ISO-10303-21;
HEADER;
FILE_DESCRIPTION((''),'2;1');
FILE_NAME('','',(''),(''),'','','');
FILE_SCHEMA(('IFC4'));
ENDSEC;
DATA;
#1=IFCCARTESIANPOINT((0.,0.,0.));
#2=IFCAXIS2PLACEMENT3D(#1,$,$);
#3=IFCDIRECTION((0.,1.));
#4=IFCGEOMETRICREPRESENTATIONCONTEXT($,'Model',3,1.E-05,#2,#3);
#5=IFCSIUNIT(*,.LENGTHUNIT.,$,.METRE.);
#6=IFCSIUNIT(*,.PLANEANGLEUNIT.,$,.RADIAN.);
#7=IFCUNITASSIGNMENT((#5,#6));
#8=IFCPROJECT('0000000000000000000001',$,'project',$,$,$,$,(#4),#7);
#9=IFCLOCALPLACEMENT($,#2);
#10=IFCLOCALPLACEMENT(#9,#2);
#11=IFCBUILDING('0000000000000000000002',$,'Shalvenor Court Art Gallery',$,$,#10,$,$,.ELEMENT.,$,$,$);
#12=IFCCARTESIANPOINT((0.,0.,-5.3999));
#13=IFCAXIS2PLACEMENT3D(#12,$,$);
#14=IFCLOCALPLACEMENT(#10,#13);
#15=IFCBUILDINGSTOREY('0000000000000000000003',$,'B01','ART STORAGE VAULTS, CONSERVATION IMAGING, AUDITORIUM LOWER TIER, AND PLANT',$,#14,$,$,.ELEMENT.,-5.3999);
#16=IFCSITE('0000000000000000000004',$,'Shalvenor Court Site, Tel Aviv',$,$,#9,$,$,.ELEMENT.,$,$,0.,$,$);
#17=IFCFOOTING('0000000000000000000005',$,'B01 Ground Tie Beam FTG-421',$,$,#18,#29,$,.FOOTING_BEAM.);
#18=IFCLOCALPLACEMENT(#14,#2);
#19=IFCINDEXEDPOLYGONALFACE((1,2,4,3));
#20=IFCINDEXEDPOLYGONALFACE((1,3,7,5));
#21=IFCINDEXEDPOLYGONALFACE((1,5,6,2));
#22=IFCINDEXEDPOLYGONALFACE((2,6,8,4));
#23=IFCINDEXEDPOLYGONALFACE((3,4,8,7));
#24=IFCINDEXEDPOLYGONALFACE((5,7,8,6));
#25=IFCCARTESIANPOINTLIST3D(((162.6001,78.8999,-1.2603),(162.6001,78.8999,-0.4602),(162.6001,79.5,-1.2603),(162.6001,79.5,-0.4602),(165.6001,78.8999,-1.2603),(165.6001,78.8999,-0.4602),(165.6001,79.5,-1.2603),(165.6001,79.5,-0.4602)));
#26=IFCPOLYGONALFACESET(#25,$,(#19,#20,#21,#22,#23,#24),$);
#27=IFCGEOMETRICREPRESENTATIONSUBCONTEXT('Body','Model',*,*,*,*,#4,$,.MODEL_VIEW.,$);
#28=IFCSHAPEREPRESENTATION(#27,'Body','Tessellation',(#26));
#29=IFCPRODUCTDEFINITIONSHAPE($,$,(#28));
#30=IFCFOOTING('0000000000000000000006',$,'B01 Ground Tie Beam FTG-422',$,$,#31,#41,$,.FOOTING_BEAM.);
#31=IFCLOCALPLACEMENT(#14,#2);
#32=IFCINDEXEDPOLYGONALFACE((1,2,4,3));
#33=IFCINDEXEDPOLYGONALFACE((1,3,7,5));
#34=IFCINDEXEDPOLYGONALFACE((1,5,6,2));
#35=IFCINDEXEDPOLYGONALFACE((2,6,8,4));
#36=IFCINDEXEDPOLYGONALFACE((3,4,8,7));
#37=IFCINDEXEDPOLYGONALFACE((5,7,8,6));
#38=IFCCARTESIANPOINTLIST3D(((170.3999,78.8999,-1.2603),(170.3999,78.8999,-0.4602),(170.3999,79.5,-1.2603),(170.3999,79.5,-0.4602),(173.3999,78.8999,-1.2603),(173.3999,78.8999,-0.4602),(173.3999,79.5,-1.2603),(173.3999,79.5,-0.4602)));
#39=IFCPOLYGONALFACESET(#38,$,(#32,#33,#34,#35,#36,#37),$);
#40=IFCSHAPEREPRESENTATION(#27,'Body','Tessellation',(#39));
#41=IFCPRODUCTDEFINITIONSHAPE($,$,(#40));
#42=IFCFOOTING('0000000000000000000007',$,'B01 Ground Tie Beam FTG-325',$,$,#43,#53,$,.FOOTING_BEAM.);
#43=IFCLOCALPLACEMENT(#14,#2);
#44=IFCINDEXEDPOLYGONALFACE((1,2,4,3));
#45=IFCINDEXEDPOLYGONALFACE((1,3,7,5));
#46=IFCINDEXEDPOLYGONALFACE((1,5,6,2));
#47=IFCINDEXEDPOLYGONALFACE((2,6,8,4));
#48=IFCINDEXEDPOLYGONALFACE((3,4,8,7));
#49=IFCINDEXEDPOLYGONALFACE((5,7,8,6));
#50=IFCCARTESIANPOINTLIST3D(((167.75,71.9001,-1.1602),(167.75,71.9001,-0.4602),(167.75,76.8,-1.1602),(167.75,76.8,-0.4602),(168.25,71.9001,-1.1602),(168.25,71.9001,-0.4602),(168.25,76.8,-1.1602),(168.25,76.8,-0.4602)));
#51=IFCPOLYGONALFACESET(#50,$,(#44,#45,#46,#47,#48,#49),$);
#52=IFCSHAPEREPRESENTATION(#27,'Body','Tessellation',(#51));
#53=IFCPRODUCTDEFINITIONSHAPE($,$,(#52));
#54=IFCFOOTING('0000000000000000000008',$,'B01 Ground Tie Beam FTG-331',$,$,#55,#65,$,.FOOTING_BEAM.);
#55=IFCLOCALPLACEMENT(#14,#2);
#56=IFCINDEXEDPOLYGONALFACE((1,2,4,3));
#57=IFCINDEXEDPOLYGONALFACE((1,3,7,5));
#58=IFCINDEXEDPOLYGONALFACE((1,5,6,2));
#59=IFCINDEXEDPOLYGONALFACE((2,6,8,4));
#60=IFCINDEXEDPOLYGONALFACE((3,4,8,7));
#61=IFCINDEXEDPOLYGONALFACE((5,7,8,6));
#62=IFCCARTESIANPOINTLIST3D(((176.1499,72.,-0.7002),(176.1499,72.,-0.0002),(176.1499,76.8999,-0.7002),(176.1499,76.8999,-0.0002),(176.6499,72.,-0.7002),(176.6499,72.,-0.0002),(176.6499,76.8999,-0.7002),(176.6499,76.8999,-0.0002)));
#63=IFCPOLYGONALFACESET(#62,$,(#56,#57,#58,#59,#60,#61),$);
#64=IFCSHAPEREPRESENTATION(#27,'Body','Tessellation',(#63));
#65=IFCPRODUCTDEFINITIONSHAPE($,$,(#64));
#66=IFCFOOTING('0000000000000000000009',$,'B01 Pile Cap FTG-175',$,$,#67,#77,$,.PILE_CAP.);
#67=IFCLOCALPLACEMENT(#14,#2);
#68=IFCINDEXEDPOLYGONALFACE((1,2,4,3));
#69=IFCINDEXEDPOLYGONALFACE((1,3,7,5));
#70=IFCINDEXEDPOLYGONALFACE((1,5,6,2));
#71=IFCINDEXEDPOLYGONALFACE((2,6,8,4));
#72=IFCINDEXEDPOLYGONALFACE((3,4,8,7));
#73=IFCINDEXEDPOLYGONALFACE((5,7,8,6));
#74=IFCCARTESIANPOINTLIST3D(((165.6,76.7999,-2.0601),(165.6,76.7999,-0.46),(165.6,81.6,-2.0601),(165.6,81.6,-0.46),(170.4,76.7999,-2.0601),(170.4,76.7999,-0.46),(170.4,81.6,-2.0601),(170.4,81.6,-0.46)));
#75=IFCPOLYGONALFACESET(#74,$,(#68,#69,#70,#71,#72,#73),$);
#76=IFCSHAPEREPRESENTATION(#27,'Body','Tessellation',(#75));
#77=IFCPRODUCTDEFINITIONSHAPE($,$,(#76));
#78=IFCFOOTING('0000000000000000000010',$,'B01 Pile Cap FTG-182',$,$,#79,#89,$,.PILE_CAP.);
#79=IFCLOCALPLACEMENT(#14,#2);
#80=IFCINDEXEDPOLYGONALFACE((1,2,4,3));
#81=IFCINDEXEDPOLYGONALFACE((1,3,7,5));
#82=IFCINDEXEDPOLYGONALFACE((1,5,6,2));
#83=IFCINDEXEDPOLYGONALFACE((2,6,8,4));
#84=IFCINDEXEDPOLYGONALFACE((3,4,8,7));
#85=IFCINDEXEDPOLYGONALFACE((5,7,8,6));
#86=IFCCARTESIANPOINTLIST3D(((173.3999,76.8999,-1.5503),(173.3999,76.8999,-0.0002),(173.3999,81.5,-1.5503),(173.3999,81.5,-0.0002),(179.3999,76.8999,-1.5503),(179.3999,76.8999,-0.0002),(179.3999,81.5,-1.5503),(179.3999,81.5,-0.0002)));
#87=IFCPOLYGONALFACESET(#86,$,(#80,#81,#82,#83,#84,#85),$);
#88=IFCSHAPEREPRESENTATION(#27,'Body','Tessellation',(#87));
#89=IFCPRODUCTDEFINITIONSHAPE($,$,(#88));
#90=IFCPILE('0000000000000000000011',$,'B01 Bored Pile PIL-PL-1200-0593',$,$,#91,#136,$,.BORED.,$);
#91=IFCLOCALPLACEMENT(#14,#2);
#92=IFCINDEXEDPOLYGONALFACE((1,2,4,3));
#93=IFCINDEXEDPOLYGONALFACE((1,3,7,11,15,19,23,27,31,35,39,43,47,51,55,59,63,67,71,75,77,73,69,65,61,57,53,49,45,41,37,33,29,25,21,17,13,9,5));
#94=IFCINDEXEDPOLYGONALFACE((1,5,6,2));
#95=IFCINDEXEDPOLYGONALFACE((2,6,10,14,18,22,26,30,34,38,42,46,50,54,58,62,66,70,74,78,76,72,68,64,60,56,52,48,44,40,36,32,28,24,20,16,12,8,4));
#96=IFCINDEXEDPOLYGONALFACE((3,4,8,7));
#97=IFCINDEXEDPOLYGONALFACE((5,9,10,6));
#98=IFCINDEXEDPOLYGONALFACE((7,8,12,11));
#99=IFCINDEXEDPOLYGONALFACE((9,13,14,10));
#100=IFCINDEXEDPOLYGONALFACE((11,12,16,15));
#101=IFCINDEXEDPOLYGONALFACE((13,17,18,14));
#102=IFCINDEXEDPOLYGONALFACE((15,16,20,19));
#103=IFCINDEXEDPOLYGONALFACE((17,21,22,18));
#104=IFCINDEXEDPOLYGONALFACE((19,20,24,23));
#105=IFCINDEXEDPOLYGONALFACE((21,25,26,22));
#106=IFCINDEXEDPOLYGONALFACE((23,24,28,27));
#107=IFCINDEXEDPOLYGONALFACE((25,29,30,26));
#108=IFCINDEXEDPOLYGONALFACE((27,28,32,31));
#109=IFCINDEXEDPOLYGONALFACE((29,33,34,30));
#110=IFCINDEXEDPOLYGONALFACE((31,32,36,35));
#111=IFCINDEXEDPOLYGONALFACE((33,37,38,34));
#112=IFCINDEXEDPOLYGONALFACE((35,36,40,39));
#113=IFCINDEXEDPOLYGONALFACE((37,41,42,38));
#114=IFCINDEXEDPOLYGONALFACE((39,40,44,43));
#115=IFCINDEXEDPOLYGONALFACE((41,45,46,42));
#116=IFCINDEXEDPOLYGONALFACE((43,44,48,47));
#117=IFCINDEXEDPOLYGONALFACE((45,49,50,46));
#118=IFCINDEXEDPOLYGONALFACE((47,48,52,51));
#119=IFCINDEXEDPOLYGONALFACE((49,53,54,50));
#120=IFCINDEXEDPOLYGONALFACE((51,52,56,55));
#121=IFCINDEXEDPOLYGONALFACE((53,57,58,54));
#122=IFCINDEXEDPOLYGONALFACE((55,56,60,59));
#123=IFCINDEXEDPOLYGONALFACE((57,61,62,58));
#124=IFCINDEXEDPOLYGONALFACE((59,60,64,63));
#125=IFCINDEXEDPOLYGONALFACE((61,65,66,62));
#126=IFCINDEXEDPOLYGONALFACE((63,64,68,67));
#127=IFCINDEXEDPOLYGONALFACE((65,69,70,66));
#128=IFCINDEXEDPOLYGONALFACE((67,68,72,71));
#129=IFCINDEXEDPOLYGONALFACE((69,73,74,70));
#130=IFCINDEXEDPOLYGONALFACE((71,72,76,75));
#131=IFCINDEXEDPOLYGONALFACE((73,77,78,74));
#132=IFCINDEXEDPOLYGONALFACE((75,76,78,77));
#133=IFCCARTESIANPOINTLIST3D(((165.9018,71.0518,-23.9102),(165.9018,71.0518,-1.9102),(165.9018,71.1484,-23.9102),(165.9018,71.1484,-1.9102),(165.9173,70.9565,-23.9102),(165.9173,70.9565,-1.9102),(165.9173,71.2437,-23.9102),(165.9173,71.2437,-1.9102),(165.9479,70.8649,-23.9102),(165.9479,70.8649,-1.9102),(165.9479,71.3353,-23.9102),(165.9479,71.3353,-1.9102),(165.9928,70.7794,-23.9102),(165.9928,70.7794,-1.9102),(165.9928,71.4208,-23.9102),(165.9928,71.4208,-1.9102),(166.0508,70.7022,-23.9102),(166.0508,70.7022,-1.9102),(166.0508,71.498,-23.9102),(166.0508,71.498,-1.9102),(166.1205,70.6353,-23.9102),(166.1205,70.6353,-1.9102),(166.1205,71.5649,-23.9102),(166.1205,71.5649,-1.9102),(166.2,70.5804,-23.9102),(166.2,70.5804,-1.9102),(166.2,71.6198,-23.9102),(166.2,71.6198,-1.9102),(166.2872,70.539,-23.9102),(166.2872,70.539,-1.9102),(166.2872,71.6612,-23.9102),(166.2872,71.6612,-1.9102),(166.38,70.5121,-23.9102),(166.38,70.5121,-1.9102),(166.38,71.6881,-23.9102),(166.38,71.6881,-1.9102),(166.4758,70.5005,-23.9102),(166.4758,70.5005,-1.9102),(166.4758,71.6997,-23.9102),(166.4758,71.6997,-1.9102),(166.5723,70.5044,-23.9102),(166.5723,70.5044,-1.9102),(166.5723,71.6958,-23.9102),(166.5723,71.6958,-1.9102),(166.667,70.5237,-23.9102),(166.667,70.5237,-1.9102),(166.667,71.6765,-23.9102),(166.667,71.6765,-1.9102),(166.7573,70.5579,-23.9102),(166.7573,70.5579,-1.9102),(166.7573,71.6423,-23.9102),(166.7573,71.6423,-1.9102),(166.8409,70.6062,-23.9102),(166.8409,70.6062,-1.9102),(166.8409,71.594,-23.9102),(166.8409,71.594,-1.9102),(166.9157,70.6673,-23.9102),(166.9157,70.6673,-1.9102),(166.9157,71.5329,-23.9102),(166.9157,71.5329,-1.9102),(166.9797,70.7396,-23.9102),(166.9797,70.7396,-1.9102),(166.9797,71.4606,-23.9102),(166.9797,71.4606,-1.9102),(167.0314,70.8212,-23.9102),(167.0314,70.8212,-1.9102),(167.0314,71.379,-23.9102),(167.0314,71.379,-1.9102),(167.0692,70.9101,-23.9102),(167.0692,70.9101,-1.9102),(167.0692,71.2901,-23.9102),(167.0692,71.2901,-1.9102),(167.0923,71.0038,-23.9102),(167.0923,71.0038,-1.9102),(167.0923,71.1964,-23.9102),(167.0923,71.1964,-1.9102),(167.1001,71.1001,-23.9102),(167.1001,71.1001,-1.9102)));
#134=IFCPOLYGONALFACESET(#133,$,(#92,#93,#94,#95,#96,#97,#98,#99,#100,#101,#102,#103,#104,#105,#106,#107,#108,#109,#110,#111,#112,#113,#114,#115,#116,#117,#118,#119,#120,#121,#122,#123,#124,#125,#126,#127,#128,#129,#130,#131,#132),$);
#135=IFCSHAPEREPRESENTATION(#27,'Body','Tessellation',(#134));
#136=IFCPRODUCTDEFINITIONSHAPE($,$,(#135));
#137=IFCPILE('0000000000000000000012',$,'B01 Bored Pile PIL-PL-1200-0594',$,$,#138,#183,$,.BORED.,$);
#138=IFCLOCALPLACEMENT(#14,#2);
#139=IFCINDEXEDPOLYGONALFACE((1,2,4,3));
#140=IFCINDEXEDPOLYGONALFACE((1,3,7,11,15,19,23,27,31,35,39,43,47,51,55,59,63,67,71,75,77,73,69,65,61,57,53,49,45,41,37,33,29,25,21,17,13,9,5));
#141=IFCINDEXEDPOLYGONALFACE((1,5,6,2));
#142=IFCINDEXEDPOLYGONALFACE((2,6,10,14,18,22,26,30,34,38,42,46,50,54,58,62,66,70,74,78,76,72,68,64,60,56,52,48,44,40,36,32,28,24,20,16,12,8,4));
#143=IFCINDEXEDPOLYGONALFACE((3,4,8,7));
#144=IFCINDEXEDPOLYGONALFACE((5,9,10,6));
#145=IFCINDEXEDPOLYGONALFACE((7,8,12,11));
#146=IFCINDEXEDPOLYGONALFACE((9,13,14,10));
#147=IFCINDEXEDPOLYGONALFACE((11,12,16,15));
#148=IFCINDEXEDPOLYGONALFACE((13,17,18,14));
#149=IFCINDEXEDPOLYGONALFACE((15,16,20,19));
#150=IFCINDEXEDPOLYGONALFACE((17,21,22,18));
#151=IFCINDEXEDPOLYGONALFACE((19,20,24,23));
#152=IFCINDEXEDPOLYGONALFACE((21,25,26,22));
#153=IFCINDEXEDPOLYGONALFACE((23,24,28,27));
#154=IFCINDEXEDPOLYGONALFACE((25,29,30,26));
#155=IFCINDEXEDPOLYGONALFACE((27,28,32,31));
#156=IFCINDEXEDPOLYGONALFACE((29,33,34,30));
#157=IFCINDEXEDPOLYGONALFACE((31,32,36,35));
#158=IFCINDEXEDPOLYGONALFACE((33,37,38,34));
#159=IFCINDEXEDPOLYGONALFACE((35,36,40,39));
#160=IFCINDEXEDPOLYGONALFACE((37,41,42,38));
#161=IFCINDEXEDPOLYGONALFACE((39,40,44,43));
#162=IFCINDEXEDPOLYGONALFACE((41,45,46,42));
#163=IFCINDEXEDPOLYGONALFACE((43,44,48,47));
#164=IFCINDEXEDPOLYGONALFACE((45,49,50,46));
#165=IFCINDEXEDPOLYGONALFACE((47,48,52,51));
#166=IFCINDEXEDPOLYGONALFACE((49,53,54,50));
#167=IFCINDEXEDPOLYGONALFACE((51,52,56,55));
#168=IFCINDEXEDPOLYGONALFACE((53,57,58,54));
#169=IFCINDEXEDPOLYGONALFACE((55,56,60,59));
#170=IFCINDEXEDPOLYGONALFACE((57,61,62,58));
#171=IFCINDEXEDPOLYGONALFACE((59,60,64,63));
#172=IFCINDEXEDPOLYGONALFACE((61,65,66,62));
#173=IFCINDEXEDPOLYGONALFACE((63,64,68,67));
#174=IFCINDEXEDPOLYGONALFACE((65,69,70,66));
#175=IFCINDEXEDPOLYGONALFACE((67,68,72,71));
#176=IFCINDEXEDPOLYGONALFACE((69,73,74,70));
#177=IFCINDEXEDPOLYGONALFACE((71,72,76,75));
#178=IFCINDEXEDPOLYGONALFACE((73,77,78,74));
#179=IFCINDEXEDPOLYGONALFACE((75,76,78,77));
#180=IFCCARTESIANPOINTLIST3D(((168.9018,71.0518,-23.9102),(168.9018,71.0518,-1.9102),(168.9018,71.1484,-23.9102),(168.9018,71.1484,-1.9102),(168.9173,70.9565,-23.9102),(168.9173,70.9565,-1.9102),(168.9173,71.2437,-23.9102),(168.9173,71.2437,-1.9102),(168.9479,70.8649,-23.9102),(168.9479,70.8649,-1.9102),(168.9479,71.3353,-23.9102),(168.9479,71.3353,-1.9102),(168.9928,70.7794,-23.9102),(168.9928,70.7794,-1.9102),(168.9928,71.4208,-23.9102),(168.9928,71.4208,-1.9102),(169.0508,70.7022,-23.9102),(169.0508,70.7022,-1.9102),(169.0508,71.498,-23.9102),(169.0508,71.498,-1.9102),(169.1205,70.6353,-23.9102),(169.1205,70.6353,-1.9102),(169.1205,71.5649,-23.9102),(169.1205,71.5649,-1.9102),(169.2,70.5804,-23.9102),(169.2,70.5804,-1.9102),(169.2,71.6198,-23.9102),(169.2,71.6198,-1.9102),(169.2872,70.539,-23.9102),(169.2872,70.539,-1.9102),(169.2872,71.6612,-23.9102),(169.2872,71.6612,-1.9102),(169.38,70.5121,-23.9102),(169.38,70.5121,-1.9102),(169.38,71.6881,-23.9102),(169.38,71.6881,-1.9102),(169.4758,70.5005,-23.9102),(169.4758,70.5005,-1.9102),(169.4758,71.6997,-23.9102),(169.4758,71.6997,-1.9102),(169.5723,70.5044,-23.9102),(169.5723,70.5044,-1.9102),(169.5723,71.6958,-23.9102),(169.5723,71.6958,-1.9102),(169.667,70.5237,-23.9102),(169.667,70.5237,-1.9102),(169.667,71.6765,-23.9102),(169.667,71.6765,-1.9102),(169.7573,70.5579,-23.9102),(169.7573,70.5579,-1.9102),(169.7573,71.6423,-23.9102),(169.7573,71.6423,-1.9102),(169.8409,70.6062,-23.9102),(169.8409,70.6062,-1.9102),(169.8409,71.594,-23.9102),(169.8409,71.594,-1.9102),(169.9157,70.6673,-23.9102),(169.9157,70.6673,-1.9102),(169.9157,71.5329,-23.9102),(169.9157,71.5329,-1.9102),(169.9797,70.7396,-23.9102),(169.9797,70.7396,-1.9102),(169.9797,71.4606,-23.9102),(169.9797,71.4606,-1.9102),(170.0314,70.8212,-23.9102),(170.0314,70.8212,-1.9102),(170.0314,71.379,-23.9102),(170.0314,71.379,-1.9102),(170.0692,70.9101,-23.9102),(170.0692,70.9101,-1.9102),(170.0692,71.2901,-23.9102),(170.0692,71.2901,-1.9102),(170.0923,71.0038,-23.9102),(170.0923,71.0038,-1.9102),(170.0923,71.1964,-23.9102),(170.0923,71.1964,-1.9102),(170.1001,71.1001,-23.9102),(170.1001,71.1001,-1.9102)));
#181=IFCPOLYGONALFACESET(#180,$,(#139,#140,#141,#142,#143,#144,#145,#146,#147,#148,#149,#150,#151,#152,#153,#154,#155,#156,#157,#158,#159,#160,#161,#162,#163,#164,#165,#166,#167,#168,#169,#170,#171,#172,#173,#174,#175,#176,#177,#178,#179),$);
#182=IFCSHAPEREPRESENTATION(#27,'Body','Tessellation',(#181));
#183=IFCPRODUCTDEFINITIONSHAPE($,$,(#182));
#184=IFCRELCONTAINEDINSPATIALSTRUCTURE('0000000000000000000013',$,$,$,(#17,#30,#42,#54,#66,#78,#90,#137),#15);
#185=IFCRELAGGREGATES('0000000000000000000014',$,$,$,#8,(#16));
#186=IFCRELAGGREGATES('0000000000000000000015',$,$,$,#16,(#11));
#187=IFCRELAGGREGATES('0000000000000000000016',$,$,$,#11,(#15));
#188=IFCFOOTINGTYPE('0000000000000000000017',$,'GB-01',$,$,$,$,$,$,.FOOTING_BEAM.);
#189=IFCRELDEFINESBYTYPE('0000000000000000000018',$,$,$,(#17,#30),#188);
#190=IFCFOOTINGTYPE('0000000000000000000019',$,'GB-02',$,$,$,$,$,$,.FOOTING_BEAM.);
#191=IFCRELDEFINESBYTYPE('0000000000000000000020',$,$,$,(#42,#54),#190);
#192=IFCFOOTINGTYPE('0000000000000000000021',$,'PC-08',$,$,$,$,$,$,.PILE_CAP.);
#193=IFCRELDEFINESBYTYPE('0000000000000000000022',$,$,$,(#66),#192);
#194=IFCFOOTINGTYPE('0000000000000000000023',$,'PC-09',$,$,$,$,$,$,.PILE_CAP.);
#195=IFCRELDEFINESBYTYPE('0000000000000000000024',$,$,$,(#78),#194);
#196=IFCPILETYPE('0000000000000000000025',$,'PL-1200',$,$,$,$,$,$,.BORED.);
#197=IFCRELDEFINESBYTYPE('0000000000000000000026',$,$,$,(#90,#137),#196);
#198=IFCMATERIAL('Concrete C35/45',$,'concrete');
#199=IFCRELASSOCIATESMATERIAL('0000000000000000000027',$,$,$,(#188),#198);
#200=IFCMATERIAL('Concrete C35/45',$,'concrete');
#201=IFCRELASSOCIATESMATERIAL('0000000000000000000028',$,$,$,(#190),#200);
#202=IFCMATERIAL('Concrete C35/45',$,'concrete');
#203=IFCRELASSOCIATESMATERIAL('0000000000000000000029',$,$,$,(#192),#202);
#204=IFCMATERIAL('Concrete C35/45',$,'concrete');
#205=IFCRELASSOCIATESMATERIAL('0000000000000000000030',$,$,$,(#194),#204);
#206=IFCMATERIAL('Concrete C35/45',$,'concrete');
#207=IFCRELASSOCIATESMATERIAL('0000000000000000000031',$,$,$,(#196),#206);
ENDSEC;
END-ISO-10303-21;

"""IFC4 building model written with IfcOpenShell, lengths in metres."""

from ifc_helpers import new_model, si_unit, direction, frame, origin, origin_2d, place, context, subcontext, project, spatial, rectangle, circle, extrude, material, material_profile, profile_set, type_object, element, save


model = new_model("IFC4")

# Units and contexts
model_context = context("Model", 3, precision=1e-05, world=origin(), true_north=direction((0.0, 1.0)))
body_context = subcontext(model_context, "Body", "Model", "MODEL_VIEW")
ifc_project = project(units=[si_unit("LENGTHUNIT", "METRE"), si_unit("PLANEANGLEUNIT", "RADIAN")], contexts=[model_context])

# Site, building, storey
site_placement = place(None, origin())
site = spatial("IfcSite", under=ifc_project, at=site_placement, Name="Shalvenor Court Site, Tel Aviv", CompositionType="ELEMENT", RefElevation=0.0)
building_placement = place(site_placement, origin())
building = spatial("IfcBuilding", under=site, at=building_placement, Name="Shalvenor Court Art Gallery", CompositionType="ELEMENT")
storey_placement = place(building_placement, frame((0.0, 0.0, -5.3999)))
storey = spatial("IfcBuildingStorey", under=building, at=storey_placement, Name="B01", Description="ART STORAGE VAULTS, CONSERVATION IMAGING, AUDITORIUM LOWER TIER, AND PLANT", CompositionType="ELEMENT", Elevation=-5.3999)

# Footings
ifc_material_1 = material(Name="Concrete C35/45", Category="concrete")
footing_type_1 = type_object("IfcFootingType", Name="GB-01", PredefinedType="FOOTING_BEAM", material=ifc_material_1)
for number, where, z_axis, x_axis, name in (
    (1, (164.1001, 79.2, -1.2603), (0.0, 0.0, 1.0), (1.0, 0.0, 0.0), "B01 Ground Tie Beam FTG-421"),
    (2, (171.8999, 79.2, -1.2603), (0.0, 0.0, 1.0), (1.0, 0.0, 0.0), "B01 Ground Tie Beam FTG-422"),
):
    element("IfcFooting", number, at=place(storey_placement, frame(where, z_axis=z_axis, x_axis=x_axis)), inside=storey, type_object=footing_type_1, Name=name, PredefinedType="FOOTING_BEAM", context=body_context, shape_type="SweptSolid", body=[
        extrude(rectangle(XDim=3.0, YDim=0.6001, at=origin_2d()), origin(), (0.0, 0.0, 1.0), 0.8),
    ])
ifc_material_2 = material(Name="Concrete C35/45", Category="concrete")
footing_type_2 = type_object("IfcFootingType", Name="GB-02", PredefinedType="FOOTING_BEAM", material=ifc_material_2)
for number, where, z_axis, x_axis, name in (
    (3, (168.0, 74.3501, -1.1602), (0.0, 0.0, 1.0), (0.0, 1.0, 0.0), "B01 Ground Tie Beam FTG-325"),
    (4, (176.3999, 74.45, -0.7002), (0.0, 0.0, 1.0), (0.0, 1.0, 0.0), "B01 Ground Tie Beam FTG-331"),
):
    element("IfcFooting", number, at=place(storey_placement, frame(where, z_axis=z_axis, x_axis=x_axis)), inside=storey, type_object=footing_type_2, Name=name, PredefinedType="FOOTING_BEAM", context=body_context, shape_type="SweptSolid", body=[
        extrude(rectangle(XDim=4.8999, YDim=0.5, at=origin_2d()), origin(), (0.0, 0.0, 1.0), 0.7),
    ])
ifc_material_3 = material(Name="Concrete C35/45", Category="concrete")
footing_type_3 = type_object("IfcFootingType", Name="PC-08", PredefinedType="PILE_CAP", material=ifc_material_3)
footing_1_placement = place(storey_placement, frame((168.0, 79.2, -2.0601), z_axis=(0.0, 0.0, 1.0), x_axis=(1.0, 0.0, 0.0)))
element("IfcFooting", 5, at=footing_1_placement, inside=storey, type_object=footing_type_3, Name="B01 Pile Cap FTG-175", PredefinedType="PILE_CAP", context=body_context, shape_type="SweptSolid", body=[
    extrude(rectangle(XDim=4.8, YDim=4.8, at=origin_2d()), origin(), (0.0, 0.0, 1.0), 1.6001),
])
ifc_material_4 = material(Name="Concrete C35/45", Category="concrete")
footing_type_4 = type_object("IfcFootingType", Name="PC-09", PredefinedType="PILE_CAP", material=ifc_material_4)
footing_2_placement = place(storey_placement, frame((176.3999, 79.2, -1.5503), z_axis=(0.0, 0.0, 1.0), x_axis=(1.0, 0.0, 0.0)))
element("IfcFooting", 6, at=footing_2_placement, inside=storey, type_object=footing_type_4, Name="B01 Pile Cap FTG-182", PredefinedType="PILE_CAP", context=body_context, shape_type="SweptSolid", body=[
    extrude(rectangle(XDim=6.0, YDim=4.6001, at=origin_2d()), origin(), (0.0, 0.0, 1.0), 1.55),
])

# Piles
ifc_material_5 = material(Name="Concrete C35/45", Category="concrete")
ifc_material_profile_1 = material_profile(ifc_material_5, circle(Radius=0.6001, at=origin_2d()), Name="PILE 1200")
ifc_profile_set_1 = profile_set([ifc_material_profile_1], Name="Concrete C35/45")
pile_type = type_object("IfcPileType", Name="PL-1200", PredefinedType="BORED", material=ifc_profile_set_1)
for number, where, z_axis, x_axis, name in (
    (7, (166.5, 71.1001, -1.9102), (0.0, 0.0, -1.0), (1.0, 0.0, 0.0), "B01 Bored Pile PIL-PL-1200-0593"),
    (8, (169.5, 71.1001, -1.9102), (0.0, 0.0, -1.0), (1.0, 0.0, 0.0), "B01 Bored Pile PIL-PL-1200-0594"),
):
    element("IfcPile", number, at=place(storey_placement, frame(where, z_axis=z_axis, x_axis=x_axis)), inside=storey, type_object=pile_type, Name=name, PredefinedType="BORED", context=body_context, shape_type="SweptSolid", body=[
        extrude(circle(Radius=0.6001, at=origin_2d()), origin(), (0.0, 0.0, 1.0), 22.0),
    ])

save(model, "model.ifc")
